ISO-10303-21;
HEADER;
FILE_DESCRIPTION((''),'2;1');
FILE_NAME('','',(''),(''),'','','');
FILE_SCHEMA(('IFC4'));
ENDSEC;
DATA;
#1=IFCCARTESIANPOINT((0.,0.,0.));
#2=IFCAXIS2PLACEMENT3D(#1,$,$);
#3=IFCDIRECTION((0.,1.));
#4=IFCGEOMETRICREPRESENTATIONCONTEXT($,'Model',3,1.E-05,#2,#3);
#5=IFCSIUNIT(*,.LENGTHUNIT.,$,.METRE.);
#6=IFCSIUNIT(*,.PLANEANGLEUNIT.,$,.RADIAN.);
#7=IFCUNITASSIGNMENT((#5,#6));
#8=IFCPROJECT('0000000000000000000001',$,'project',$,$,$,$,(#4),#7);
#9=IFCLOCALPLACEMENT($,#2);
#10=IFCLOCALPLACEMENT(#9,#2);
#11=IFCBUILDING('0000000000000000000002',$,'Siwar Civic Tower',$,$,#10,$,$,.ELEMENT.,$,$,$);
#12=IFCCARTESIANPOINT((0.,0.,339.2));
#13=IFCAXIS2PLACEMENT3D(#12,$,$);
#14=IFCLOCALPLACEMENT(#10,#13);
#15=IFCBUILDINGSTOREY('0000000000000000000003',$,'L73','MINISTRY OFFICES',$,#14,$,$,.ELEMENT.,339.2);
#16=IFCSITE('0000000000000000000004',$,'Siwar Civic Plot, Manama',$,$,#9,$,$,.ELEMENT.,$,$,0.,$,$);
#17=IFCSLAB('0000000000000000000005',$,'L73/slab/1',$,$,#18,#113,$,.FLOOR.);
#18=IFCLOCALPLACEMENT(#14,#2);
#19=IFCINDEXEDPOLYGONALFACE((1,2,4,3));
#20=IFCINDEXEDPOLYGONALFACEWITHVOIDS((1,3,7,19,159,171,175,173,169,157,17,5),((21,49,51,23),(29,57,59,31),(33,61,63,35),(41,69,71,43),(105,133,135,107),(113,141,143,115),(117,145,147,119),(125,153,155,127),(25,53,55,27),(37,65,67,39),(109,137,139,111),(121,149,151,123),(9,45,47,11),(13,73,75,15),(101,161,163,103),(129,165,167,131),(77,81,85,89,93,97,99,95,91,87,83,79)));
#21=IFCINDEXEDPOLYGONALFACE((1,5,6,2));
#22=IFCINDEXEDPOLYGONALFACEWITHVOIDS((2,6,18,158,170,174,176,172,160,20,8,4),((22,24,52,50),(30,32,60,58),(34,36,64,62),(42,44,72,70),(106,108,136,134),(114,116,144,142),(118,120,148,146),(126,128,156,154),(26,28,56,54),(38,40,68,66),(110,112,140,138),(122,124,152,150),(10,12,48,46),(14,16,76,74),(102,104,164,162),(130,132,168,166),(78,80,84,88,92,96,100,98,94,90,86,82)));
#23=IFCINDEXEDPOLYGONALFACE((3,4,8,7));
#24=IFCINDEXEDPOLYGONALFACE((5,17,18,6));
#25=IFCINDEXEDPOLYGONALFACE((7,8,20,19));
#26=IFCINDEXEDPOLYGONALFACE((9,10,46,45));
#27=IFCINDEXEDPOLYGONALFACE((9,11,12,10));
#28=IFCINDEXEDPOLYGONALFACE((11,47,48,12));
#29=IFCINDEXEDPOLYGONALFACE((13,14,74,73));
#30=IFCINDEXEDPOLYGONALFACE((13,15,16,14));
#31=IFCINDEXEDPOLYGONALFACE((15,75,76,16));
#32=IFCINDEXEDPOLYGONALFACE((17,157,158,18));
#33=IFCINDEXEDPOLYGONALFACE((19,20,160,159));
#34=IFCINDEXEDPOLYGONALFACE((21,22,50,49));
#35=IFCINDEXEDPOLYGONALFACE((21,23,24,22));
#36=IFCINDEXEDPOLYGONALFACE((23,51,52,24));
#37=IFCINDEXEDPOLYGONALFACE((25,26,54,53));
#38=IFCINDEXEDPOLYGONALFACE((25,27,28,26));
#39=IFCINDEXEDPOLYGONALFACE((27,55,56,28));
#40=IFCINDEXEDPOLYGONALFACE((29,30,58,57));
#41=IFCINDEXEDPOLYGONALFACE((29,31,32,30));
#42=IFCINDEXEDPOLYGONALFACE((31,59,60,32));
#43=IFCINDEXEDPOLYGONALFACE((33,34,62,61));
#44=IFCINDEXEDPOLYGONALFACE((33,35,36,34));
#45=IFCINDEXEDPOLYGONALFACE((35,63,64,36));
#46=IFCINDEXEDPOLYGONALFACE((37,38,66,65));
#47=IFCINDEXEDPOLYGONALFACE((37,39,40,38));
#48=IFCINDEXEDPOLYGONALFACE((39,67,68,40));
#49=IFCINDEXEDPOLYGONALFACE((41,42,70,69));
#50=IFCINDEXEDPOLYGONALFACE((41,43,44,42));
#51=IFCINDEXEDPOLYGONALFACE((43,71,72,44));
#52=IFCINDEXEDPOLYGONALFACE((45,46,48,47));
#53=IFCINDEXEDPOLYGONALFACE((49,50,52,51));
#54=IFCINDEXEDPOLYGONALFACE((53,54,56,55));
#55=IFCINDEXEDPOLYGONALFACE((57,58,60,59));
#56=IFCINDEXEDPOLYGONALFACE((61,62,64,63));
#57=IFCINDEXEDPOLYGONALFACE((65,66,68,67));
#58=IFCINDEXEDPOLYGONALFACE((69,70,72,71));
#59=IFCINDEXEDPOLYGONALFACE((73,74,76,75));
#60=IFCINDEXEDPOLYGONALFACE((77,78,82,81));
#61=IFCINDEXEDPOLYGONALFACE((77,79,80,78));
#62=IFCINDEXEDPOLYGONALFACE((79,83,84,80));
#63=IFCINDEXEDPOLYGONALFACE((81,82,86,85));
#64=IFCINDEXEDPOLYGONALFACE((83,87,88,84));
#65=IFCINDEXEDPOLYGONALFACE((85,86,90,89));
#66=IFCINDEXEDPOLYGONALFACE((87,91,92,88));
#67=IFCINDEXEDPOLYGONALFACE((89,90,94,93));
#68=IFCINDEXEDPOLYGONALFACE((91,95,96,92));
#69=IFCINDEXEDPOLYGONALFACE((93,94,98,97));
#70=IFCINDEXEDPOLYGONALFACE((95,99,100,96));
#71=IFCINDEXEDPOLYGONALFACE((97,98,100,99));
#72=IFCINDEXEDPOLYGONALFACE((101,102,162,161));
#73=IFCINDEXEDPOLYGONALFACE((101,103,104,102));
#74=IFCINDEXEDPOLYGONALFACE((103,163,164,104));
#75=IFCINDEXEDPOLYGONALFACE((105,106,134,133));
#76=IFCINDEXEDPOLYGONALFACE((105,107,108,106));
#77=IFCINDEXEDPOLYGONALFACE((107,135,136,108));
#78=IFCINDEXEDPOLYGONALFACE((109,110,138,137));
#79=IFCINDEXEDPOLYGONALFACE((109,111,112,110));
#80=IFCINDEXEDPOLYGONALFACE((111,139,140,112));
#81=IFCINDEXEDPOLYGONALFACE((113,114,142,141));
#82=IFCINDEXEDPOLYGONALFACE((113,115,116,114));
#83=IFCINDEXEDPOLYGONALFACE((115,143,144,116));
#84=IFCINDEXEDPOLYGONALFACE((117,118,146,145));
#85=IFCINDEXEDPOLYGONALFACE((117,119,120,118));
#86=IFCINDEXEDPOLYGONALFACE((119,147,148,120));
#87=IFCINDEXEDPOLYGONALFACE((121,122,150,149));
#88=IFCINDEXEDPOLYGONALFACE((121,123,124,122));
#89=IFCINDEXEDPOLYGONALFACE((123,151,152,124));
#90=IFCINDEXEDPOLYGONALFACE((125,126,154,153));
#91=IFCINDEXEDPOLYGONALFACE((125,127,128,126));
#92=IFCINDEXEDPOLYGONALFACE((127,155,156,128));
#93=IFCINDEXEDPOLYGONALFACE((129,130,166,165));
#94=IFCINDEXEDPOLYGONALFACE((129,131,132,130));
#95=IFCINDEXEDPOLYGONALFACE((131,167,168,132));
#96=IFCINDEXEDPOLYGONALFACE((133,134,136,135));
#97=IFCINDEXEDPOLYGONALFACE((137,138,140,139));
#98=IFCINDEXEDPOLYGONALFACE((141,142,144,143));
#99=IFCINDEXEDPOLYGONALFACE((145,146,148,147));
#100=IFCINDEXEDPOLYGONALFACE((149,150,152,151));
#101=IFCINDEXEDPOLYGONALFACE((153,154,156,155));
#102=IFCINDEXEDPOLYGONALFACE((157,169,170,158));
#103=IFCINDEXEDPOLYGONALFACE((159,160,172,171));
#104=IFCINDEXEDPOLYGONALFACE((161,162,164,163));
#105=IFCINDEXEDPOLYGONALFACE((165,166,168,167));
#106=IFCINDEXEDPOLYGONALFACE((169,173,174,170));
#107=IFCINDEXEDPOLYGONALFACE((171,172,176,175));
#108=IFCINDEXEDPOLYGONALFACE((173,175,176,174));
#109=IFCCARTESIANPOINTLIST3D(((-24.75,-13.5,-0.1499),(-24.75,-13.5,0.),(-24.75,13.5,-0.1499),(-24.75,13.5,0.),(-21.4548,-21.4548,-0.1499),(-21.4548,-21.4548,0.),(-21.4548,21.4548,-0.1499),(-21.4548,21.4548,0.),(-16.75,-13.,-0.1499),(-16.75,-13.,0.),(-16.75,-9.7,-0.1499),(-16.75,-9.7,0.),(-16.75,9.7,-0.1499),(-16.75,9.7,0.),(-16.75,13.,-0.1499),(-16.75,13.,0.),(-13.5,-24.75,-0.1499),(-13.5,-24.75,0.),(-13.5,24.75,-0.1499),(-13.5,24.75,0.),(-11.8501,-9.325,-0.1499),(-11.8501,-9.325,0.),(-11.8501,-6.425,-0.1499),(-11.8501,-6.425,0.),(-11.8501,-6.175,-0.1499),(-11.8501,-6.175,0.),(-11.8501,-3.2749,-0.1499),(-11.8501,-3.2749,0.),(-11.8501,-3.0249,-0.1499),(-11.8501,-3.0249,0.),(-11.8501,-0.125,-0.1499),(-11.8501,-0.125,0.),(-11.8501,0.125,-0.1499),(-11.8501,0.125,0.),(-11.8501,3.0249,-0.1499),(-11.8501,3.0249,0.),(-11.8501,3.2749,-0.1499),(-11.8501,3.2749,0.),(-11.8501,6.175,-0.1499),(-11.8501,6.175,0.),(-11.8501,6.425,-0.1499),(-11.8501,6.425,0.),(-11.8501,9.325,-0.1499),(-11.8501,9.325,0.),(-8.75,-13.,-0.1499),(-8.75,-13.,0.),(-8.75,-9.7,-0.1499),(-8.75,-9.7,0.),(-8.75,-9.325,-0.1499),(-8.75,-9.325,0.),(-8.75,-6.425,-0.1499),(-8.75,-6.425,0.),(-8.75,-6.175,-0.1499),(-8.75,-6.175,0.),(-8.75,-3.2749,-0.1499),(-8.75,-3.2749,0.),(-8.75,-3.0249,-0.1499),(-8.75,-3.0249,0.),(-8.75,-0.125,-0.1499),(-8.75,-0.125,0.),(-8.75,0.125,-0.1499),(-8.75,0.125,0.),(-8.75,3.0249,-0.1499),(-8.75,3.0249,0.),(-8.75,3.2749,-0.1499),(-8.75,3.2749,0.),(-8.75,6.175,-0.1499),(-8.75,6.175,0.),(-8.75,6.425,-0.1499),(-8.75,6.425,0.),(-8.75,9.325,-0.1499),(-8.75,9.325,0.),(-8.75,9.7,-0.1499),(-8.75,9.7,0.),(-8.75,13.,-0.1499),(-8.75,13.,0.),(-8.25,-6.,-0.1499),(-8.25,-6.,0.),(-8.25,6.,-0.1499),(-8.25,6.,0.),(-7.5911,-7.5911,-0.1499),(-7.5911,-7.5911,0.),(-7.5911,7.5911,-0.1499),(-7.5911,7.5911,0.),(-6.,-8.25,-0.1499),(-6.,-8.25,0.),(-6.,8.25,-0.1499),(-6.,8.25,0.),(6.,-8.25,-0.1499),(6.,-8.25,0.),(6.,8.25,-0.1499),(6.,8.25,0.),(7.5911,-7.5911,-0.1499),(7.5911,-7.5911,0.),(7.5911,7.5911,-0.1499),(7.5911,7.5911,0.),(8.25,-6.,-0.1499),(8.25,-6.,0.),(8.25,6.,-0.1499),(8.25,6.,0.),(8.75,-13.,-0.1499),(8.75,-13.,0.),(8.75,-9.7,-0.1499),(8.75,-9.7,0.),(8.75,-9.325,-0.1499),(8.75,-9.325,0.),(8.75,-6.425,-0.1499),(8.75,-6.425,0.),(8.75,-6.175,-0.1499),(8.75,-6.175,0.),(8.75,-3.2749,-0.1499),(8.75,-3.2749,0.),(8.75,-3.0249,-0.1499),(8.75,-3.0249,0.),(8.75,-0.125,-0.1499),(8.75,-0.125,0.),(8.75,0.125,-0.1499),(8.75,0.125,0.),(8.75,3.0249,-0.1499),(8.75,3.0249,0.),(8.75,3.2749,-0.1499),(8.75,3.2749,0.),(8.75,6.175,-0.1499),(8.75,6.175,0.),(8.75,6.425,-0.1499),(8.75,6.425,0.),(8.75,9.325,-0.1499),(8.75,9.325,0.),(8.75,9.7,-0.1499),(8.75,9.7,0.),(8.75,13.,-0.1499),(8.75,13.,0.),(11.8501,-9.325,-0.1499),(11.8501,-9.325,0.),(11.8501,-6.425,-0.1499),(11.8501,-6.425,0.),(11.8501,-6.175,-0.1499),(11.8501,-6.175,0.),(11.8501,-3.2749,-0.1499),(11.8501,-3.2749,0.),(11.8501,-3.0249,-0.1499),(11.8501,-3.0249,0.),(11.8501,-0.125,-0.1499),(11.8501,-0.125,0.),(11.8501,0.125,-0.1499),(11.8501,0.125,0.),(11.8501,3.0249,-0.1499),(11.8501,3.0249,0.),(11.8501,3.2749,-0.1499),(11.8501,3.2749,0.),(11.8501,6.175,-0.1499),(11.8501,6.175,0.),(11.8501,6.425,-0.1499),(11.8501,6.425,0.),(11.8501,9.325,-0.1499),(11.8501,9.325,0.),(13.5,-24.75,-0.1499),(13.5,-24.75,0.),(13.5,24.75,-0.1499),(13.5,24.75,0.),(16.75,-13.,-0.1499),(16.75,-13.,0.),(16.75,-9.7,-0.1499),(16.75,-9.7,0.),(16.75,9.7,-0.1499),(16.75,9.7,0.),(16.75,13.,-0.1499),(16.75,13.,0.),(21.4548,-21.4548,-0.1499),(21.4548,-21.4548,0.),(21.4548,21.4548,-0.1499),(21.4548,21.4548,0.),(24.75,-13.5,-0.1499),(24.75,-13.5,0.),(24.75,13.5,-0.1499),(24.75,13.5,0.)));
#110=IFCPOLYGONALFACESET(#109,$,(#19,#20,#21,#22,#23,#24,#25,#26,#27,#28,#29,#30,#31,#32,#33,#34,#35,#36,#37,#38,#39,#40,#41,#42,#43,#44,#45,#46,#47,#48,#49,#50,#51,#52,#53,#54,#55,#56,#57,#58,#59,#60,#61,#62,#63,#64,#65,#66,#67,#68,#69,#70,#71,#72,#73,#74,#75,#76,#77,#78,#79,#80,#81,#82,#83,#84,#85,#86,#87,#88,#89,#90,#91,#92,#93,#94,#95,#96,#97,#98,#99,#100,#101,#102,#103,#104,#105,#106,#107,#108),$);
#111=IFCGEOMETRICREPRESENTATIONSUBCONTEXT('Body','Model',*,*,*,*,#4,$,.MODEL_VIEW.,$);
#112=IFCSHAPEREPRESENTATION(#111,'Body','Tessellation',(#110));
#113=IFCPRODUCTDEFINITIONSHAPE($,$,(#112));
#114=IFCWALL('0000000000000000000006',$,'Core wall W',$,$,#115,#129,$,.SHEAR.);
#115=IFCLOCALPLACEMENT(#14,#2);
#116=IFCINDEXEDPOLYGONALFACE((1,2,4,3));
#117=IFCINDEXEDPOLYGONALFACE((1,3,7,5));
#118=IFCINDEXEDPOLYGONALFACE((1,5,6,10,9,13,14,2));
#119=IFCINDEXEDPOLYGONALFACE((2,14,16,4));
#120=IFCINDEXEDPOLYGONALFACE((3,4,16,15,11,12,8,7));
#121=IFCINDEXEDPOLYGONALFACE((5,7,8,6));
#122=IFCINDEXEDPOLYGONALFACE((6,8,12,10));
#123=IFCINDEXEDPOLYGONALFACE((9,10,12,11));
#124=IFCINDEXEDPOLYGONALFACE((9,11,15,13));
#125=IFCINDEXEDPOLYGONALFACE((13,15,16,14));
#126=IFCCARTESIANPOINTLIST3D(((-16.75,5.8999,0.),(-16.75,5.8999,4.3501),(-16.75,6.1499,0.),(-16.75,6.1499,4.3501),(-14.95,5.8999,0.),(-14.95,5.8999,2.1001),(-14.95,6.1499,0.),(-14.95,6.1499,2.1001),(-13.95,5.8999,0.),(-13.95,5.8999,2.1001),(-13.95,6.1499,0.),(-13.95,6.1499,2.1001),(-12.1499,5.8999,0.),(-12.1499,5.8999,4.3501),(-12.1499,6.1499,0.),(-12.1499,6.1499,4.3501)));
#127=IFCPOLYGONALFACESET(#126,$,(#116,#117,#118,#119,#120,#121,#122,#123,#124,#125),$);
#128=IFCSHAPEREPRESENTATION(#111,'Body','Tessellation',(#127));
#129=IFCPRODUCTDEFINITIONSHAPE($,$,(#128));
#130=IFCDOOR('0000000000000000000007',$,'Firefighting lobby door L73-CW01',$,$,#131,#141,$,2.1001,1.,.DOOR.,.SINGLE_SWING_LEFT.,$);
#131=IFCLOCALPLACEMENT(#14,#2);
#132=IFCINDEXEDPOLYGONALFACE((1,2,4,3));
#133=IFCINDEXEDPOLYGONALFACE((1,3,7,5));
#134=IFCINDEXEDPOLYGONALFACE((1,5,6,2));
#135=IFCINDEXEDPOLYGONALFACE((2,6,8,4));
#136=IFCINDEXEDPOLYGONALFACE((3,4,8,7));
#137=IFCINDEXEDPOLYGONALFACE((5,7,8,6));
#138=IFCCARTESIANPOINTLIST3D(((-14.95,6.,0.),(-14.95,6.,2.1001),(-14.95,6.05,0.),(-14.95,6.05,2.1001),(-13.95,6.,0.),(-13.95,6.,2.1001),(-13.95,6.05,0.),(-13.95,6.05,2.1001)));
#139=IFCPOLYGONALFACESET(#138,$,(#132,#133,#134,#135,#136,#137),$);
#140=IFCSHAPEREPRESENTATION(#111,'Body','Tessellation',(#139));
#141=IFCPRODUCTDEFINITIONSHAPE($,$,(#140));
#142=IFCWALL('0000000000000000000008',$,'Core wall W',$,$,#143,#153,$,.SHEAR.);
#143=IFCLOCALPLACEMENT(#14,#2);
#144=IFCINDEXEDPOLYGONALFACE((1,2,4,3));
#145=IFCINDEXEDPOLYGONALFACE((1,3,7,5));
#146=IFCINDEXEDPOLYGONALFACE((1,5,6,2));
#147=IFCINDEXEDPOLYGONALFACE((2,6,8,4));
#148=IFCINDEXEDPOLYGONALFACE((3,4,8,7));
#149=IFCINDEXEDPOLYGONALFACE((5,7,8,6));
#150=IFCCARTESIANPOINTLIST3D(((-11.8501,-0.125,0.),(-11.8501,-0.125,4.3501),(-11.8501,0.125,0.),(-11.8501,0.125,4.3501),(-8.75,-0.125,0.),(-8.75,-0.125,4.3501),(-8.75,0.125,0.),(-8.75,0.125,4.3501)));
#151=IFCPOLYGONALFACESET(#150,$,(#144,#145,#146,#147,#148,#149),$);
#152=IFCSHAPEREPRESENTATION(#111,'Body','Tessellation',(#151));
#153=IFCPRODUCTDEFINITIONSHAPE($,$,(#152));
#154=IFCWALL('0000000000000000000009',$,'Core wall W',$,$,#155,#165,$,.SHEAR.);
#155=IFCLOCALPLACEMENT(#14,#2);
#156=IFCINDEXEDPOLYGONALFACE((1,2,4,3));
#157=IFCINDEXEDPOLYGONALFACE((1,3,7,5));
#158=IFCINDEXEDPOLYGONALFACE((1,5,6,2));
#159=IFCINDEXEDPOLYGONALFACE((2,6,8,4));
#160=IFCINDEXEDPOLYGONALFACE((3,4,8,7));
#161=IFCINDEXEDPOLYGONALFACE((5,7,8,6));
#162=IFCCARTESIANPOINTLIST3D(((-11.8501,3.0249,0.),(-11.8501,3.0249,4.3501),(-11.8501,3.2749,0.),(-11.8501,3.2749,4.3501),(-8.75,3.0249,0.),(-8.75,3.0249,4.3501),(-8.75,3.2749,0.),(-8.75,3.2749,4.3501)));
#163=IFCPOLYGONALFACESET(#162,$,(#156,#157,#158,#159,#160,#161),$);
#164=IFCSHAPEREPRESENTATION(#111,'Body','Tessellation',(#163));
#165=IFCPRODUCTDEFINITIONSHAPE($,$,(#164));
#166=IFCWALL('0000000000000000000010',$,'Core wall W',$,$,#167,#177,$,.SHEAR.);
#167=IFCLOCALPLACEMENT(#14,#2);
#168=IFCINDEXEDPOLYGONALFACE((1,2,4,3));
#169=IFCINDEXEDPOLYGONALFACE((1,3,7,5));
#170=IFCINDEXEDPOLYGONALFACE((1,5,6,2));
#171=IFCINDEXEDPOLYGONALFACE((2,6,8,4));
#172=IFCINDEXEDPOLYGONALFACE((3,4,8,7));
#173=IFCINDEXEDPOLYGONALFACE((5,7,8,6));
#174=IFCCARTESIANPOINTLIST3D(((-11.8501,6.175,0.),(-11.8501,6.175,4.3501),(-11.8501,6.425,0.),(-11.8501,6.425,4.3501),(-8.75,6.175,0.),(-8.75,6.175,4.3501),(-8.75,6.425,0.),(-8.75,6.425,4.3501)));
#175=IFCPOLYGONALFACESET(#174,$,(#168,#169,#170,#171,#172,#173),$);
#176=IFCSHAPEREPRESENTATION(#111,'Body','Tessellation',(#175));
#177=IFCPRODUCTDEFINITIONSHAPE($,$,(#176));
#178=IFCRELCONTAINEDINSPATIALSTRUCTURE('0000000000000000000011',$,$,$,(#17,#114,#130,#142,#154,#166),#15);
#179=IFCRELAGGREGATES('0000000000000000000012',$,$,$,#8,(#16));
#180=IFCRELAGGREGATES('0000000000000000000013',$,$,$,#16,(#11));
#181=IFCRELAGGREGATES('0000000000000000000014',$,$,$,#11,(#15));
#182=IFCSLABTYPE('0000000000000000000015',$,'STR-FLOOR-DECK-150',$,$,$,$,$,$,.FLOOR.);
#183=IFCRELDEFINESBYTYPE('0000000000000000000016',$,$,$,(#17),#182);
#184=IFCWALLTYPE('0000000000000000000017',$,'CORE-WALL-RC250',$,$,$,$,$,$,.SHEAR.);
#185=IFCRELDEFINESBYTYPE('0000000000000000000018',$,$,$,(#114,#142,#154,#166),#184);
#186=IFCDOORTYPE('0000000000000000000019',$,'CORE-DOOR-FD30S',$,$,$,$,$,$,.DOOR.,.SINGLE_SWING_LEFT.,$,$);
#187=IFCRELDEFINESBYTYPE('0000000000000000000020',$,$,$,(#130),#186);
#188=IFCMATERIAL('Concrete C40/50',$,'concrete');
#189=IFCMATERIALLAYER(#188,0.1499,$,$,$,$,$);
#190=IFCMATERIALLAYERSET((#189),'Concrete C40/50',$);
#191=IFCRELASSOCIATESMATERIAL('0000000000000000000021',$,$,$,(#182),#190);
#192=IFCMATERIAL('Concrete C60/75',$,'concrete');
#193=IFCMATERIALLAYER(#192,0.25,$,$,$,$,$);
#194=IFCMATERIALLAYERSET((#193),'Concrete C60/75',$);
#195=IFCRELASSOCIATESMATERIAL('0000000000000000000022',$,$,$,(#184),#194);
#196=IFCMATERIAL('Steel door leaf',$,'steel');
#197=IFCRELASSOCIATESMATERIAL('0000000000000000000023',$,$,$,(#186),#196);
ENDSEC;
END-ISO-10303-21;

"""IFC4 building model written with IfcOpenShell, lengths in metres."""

from ifc_helpers import new_model, si_unit, direction, frame, frame_2d, origin, place, context, subcontext, project, spatial, polyline, rectangle, outline, extrude, material, layer, layer_set, type_object, element, fill, save


model = new_model("IFC4")

# Units and contexts
model_context = context("Model", 3, precision=1e-05, world=origin(), true_north=direction((0.0, 1.0)))
body_context = subcontext(model_context, "Body", "Model", "MODEL_VIEW")
ifc_project = project(units=[si_unit("LENGTHUNIT", "METRE"), si_unit("PLANEANGLEUNIT", "RADIAN")], contexts=[model_context])

# Site, building, storey
site_placement = place(None, origin())
site = spatial("IfcSite", under=ifc_project, at=site_placement, Name="Siwar Civic Plot, Manama", CompositionType="ELEMENT", RefElevation=0.0)
building_placement = place(site_placement, origin())
building = spatial("IfcBuilding", under=site, at=building_placement, Name="Siwar Civic Tower", CompositionType="ELEMENT")
storey_placement = place(building_placement, frame((0.0, 0.0, 339.2)))
storey = spatial("IfcBuildingStorey", under=building, at=storey_placement, Name="L73", Description="MINISTRY OFFICES", CompositionType="ELEMENT", Elevation=339.2)

# Slab
ifc_material_1 = material(Name="Concrete C40/50", Category="concrete")
ifc_layer_1 = layer(ifc_material_1, 0.1499)
ifc_layer_set_1 = layer_set([ifc_layer_1], Name="Concrete C40/50")
slab_type_1 = type_object("IfcSlabType", Name="STR-FLOOR-DECK-150", PredefinedType="FLOOR", material=ifc_layer_set_1)
slab_1_placement = place(storey_placement, frame((0.0, 0.0, -0.1499)))
element("IfcSlab", 1, at=slab_1_placement, inside=storey, type_object=slab_type_1, Name="L73/slab/1", PredefinedType="FLOOR", context=body_context, shape_type="SweptSolid", body=[
    extrude(outline(polyline([(-13.5, -24.75), (13.5, -24.75), (21.4548, -21.4548), (24.75, -13.5), (24.75, 13.5), (21.4548, 21.4548), (13.5, 24.75), (-13.5, 24.75), (-21.4548, 21.4548), (-24.75, 13.5), (-24.75, -13.5), (-21.4548, -21.4548), (-13.5, -24.75)]), holes=[polyline([(16.75, 13.0), (16.75, 9.7), (8.75, 9.7), (8.75, 13.0), (16.75, 13.0)]), polyline([(8.75, -9.7), (16.75, -9.7), (16.75, -13.0), (8.75, -13.0), (8.75, -9.7)]), polyline([(11.8501, 9.325), (11.8501, 6.425), (8.75, 6.425), (8.75, 9.325), (11.8501, 9.325)]), polyline([(8.75, 6.175), (11.8501, 6.175), (11.8501, 3.2749), (8.75, 3.2749), (8.75, 6.175)]), polyline([(8.75, 3.0249), (11.8501, 3.0249), (11.8501, 0.125), (8.75, 0.125), (8.75, 3.0249)]), polyline([(8.75, -0.125), (11.8501, -0.125), (11.8501, -3.0249), (8.75, -3.0249), (8.75, -0.125)]), polyline([(8.75, -3.2749), (11.8501, -3.2749), (11.8501, -6.175), (8.75, -6.175), (8.75, -3.2749)]), polyline([(8.75, -6.425), (11.8501, -6.425), (11.8501, -9.325), (8.75, -9.325), (8.75, -6.425)]), polyline([(-6.0, 8.25), (6.0, 8.25), (7.5911, 7.5911), (8.25, 6.0), (8.25, -6.0), (7.5911, -7.5911), (6.0, -8.25), (-6.0, -8.25), (-7.5911, -7.5911), (-8.25, -6.0), (-8.25, 6.0), (-7.5911, 7.5911), (-6.0, 8.25)]), polyline([(-8.75, -13.0), (-16.75, -13.0), (-16.75, -9.7), (-8.75, -9.7), (-8.75, -13.0)]), polyline([(-8.75, 9.7), (-16.75, 9.7), (-16.75, 13.0), (-8.75, 13.0), (-8.75, 9.7)]), polyline([(-8.75, 6.425), (-11.8501, 6.425), (-11.8501, 9.325), (-8.75, 9.325), (-8.75, 6.425)]), polyline([(-8.75, 3.2749), (-11.8501, 3.2749), (-11.8501, 6.175), (-8.75, 6.175), (-8.75, 3.2749)]), polyline([(-8.75, 0.125), (-11.8501, 0.125), (-11.8501, 3.0249), (-8.75, 3.0249), (-8.75, 0.125)]), polyline([(-8.75, -3.0249), (-11.8501, -3.0249), (-11.8501, -0.125), (-8.75, -0.125), (-8.75, -3.0249)]), polyline([(-8.75, -6.175), (-11.8501, -6.175), (-11.8501, -3.2749), (-8.75, -3.2749), (-8.75, -6.175)]), polyline([(-8.75, -9.325), (-11.8501, -9.325), (-11.8501, -6.425), (-8.75, -6.425), (-8.75, -9.325)])]), origin(), (0.0, 0.0, 1.0), 0.1499),
])

# Wall, opening, door
ifc_material_2 = material(Name="Concrete C60/75", Category="concrete")
ifc_layer_2 = layer(ifc_material_2, 0.25)
ifc_layer_set_2 = layer_set([ifc_layer_2], Name="Concrete C60/75")
wall_type_1 = type_object("IfcWallType", Name="CORE-WALL-RC250", PredefinedType="SHEAR", material=ifc_layer_set_2)
wall_1_placement = place(storey_placement, frame((-12.1499, 6.0249, 0.0), z_axis=(0.0, 0.0, 1.0), x_axis=(-1.0, 0.0, 0.0)))
wall_1 = element("IfcWall", 2, at=wall_1_placement, inside=storey, type_object=wall_type_1, Name="Core wall W", PredefinedType="SHEAR", context=body_context, shape_type="SweptSolid", body=[
    extrude(rectangle(XDim=4.6001, YDim=0.25, at=frame_2d((2.3, 0.0))), origin(), (0.0, 0.0, 1.0), 4.3501),
])
opening_placement = place(wall_1_placement, frame((1.8, 0.0, 0.0)))
opening = element("IfcOpeningElement", 3, at=opening_placement, cuts=wall_1, PredefinedType="OPENING", context=body_context, shape_type="SweptSolid", body=[
    extrude(rectangle(XDim=1.0, YDim=2.1001, at=frame_2d((0.5, 1.05))), frame((0.0, 0.135, 0.0), z_axis=(0.0, -1.0, 0.0), x_axis=(1.0, 0.0, 0.0)), (0.0, 0.0, 1.0), 0.27),
])
ifc_material_3 = material(Name="Steel door leaf", Category="steel")
door_type = type_object("IfcDoorType", Name="CORE-DOOR-FD30S", OperationType="SINGLE_SWING_LEFT", PredefinedType="DOOR", material=ifc_material_3)
door_placement = place(opening_placement, origin())
door = element("IfcDoor", 4, at=door_placement, inside=storey, type_object=door_type, Name="Firefighting lobby door L73-CW01", OperationType="SINGLE_SWING_LEFT", OverallHeight=2.1001, OverallWidth=1.0, PredefinedType="DOOR", context=body_context, shape_type="SweptSolid", body=[
    extrude(rectangle(XDim=1.0, YDim=2.1001, at=frame_2d((0.5, 1.05))), frame((0.0, 0.0249, 0.0), z_axis=(0.0, -1.0, 0.0), x_axis=(1.0, 0.0, 0.0)), (0.0, 0.0, 1.0), 0.05),
])
fill(opening, door)

# Walls
for number, where, z_axis, x_axis, name in (
    (5, (-8.75, 0.0, 0.0), (0.0, 0.0, 1.0), (-1.0, 0.0, 0.0), "Core wall W"),
    (6, (-8.75, 3.1499, 0.0), (0.0, 0.0, 1.0), (-1.0, 0.0, 0.0), "Core wall W"),
    (7, (-8.75, 6.3, 0.0), (0.0, 0.0, 1.0), (-1.0, 0.0, 0.0), "Core wall W"),
):
    element("IfcWall", number, at=place(storey_placement, frame(where, z_axis=z_axis, x_axis=x_axis)), inside=storey, type_object=wall_type_1, Name=name, PredefinedType="SHEAR", context=body_context, shape_type="SweptSolid", body=[
        extrude(rectangle(XDim=3.1001, YDim=0.25, at=frame_2d((1.55, 0.0))), origin(), (0.0, 0.0, 1.0), 4.3501),
    ])

save(model, "model.ifc")
